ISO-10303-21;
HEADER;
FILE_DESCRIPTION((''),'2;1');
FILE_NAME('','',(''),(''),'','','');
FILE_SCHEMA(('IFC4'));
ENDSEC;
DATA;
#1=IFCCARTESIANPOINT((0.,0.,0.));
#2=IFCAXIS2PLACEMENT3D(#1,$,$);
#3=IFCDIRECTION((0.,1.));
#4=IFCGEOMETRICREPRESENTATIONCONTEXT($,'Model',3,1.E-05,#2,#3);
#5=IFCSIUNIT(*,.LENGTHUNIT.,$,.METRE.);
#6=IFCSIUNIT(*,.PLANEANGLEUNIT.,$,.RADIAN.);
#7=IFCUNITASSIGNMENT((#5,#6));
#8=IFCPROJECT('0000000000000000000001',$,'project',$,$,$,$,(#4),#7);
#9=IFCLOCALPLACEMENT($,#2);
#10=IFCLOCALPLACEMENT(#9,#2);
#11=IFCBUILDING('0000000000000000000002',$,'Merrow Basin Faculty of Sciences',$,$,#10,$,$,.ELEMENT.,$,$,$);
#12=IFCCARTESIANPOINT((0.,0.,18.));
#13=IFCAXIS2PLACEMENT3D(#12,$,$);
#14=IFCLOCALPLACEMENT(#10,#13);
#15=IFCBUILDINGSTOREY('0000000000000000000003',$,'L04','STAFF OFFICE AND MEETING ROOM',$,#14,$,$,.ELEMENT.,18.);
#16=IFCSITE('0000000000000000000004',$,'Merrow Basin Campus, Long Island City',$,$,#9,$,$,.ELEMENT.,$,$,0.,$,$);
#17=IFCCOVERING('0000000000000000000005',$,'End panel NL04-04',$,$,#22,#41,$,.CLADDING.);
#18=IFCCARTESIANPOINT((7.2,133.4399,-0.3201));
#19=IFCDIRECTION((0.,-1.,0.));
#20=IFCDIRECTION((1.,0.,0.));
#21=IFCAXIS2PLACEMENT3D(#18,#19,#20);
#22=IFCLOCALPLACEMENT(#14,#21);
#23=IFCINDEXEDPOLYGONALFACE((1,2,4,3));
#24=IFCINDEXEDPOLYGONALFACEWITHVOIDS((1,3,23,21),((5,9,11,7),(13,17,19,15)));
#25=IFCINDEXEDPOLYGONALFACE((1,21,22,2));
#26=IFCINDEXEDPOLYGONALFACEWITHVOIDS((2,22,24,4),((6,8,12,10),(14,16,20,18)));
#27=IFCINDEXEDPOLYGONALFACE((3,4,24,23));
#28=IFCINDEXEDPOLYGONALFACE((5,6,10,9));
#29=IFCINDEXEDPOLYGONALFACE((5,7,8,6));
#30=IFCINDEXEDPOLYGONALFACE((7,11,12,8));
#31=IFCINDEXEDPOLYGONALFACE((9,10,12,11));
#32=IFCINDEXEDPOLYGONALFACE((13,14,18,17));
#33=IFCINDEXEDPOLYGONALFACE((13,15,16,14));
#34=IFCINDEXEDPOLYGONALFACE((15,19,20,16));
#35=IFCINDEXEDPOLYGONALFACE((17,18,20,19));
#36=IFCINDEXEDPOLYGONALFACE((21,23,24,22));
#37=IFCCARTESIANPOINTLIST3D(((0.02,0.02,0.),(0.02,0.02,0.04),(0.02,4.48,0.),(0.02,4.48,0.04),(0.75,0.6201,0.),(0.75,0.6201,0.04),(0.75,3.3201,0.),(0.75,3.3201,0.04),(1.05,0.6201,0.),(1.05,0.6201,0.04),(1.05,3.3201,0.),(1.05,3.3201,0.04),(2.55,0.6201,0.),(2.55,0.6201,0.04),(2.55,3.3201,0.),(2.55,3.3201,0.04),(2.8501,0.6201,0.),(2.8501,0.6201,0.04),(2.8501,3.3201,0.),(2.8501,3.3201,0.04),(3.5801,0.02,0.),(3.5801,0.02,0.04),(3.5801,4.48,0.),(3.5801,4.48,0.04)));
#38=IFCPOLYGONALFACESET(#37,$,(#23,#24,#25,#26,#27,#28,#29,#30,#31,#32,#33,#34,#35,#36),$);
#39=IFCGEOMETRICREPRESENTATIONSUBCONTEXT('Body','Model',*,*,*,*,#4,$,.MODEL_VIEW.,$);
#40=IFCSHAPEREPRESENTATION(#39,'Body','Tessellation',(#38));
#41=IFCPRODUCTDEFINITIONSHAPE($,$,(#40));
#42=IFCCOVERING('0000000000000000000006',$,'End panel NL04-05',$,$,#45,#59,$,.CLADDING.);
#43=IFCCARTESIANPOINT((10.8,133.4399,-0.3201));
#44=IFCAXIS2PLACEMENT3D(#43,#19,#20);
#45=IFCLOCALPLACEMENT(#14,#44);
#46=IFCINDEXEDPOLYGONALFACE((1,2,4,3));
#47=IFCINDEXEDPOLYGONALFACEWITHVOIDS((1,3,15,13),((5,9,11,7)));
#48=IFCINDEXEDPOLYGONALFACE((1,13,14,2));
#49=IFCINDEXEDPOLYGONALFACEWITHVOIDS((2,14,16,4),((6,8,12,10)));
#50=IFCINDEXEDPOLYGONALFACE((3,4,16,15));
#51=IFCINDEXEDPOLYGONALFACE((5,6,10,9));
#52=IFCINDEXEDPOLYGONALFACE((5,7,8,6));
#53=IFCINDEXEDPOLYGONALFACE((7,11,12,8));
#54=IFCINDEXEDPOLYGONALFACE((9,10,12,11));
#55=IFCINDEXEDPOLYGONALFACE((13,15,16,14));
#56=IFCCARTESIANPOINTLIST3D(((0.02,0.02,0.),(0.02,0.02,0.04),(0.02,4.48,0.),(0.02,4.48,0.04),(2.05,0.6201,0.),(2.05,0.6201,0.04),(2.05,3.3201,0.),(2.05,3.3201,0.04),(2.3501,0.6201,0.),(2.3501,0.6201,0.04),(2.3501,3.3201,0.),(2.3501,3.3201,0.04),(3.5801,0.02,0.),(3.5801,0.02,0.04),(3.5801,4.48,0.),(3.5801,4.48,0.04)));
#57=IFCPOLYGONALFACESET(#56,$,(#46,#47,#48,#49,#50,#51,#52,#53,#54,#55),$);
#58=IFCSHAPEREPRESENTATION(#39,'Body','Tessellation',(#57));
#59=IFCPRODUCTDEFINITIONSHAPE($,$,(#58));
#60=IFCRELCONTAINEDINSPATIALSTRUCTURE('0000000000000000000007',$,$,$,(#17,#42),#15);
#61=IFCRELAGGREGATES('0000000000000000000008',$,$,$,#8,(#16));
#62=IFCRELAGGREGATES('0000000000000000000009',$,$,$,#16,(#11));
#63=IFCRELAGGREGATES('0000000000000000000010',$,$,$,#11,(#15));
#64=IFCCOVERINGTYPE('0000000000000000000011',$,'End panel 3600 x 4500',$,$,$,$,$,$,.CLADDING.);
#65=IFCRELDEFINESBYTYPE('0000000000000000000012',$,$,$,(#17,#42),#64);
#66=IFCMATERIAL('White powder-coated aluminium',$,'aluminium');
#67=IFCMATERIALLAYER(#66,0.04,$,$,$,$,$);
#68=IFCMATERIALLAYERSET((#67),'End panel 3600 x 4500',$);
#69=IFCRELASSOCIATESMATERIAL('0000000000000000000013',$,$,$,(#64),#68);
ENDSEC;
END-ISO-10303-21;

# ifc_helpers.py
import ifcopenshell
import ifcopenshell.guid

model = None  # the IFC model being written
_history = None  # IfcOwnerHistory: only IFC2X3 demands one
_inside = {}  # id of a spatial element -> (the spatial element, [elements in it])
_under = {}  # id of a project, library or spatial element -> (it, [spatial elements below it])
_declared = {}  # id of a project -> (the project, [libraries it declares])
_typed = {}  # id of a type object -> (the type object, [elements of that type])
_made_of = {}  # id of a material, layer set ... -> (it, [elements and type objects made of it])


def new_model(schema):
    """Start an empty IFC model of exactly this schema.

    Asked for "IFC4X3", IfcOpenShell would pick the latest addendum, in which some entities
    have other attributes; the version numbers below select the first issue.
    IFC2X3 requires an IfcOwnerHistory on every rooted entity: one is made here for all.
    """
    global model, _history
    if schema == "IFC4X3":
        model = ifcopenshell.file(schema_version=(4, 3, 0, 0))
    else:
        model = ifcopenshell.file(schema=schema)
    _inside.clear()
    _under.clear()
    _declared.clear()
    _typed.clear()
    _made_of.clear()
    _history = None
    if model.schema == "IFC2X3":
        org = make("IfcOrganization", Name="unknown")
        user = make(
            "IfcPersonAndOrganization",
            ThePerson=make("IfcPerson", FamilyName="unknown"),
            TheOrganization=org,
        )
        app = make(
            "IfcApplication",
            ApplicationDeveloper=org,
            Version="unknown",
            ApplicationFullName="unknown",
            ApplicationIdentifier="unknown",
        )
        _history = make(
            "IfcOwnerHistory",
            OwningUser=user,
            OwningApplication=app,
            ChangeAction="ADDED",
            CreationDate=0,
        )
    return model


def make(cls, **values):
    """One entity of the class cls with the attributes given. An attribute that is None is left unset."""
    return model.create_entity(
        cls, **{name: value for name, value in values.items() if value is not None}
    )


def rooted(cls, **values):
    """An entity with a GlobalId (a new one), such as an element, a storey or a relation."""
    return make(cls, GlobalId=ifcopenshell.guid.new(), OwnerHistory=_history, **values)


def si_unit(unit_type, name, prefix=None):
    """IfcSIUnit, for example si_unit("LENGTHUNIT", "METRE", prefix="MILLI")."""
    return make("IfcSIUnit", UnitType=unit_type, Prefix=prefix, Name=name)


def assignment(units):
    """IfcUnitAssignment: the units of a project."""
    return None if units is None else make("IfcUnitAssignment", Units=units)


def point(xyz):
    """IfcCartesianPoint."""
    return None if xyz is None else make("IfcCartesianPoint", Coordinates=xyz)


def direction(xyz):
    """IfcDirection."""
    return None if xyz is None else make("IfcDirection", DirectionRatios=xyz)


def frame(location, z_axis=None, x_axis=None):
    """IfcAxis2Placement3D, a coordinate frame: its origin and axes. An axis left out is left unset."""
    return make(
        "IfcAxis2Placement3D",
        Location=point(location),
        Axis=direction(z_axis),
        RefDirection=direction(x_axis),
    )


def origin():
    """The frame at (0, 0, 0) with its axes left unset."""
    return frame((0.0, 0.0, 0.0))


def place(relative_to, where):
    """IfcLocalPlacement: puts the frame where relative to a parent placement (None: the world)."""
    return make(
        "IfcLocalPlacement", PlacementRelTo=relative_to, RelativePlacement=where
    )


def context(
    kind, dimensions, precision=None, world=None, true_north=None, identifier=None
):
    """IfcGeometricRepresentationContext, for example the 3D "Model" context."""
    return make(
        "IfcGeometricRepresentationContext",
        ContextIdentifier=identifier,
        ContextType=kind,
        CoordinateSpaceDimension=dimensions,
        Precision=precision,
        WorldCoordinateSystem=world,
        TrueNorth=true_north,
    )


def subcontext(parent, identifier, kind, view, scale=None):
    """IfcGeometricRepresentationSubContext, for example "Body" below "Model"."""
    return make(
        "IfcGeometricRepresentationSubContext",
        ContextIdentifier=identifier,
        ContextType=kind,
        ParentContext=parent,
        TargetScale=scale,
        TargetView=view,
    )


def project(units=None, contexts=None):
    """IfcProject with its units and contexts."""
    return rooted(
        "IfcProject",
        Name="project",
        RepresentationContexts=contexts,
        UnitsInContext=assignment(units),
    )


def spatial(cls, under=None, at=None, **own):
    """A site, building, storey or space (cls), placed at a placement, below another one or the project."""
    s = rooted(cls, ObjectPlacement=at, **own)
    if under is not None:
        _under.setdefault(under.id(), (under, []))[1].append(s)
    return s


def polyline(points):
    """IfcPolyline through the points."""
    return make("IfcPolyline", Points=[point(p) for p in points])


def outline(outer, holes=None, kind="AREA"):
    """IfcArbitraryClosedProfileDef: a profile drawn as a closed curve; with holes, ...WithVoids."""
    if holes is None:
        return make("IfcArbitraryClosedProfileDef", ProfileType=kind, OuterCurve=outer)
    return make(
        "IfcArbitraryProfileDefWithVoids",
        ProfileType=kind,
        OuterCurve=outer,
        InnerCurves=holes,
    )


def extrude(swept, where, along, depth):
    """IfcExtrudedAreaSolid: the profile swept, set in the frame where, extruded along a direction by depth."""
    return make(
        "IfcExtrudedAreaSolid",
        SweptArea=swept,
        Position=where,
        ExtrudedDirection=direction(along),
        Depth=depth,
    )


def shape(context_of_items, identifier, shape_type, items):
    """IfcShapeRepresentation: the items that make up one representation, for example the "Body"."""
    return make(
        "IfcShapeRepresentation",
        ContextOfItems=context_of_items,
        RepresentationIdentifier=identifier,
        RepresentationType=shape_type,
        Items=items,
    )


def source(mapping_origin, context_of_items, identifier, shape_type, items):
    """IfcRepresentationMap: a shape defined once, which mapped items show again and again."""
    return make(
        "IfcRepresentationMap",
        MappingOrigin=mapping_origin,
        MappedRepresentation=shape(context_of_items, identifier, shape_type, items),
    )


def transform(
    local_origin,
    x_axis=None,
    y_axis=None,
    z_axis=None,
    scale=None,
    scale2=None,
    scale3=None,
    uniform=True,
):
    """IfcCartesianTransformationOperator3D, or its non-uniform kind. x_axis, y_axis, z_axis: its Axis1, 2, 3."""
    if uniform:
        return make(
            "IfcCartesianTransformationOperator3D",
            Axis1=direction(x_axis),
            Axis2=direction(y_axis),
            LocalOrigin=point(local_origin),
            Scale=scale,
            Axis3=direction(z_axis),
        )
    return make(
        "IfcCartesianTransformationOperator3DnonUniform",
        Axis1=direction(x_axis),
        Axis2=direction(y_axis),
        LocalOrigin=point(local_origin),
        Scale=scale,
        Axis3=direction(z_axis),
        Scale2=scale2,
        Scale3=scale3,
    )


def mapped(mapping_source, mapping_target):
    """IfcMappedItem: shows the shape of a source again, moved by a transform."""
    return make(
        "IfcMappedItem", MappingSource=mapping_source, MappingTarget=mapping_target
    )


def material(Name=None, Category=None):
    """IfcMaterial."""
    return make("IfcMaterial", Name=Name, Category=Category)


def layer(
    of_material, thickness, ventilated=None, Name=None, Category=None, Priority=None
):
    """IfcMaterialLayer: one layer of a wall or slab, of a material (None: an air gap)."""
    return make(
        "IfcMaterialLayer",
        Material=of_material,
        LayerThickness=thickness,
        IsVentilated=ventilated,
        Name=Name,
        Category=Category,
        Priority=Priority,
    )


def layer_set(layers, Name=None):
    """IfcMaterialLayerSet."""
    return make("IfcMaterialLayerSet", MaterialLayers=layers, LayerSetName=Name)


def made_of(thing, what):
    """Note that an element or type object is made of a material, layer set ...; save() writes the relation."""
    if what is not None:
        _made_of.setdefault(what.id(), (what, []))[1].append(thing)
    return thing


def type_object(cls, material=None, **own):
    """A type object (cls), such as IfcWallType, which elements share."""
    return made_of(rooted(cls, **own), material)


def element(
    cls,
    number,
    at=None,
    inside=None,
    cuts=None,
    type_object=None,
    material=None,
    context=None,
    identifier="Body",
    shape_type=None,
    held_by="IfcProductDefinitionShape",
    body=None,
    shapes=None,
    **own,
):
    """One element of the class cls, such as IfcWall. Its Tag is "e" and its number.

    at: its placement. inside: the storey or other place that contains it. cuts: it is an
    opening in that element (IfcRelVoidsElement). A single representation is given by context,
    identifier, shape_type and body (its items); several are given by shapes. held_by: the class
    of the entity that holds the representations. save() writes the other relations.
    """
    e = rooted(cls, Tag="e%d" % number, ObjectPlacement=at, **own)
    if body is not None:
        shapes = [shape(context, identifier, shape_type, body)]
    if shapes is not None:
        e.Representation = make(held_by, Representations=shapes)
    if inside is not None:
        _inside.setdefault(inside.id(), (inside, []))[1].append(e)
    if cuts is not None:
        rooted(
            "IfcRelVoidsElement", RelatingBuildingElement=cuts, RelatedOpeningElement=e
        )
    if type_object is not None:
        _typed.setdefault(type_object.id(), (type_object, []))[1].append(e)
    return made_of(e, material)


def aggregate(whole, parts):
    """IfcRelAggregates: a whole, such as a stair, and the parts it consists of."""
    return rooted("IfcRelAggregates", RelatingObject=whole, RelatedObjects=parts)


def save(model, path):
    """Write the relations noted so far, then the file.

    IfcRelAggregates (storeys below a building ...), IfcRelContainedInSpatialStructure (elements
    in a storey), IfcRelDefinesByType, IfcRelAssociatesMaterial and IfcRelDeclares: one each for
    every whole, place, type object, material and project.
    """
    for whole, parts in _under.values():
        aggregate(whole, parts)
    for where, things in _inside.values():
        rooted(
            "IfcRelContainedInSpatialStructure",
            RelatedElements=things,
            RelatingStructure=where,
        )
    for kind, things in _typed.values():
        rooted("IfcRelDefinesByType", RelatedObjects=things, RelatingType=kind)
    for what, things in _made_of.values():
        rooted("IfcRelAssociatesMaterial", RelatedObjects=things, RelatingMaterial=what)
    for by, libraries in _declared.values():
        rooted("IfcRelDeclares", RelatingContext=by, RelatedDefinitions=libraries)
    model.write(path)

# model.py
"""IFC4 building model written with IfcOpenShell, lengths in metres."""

from ifc_helpers import new_model, si_unit, direction, frame, origin, place, context, subcontext, project, spatial, polyline, outline, extrude, source, transform, mapped, material, layer, layer_set, type_object, element, save


model = new_model("IFC4")

# Units and contexts
model_context = context("Model", 3, precision=1e-05, world=origin(), true_north=direction((0.0, 1.0)))
body_context = subcontext(model_context, "Body", "Model", "MODEL_VIEW")
ifc_project = project(units=[si_unit("LENGTHUNIT", "METRE"), si_unit("PLANEANGLEUNIT", "RADIAN")], contexts=[model_context])

# Site, building, storey
site_placement = place(None, origin())
site = spatial("IfcSite", under=ifc_project, at=site_placement, Name="Merrow Basin Campus, Long Island City", CompositionType="ELEMENT", RefElevation=0.0)
building_placement = place(site_placement, origin())
building = spatial("IfcBuilding", under=site, at=building_placement, Name="Merrow Basin Faculty of Sciences", CompositionType="ELEMENT")
storey_placement = place(building_placement, frame((0.0, 0.0, 18.0)))
storey = spatial("IfcBuildingStorey", under=building, at=storey_placement, Name="L04", Description="STAFF OFFICE AND MEETING ROOM", CompositionType="ELEMENT", Elevation=18.0)

# Coverings
ifc_material_1 = material(Name="White powder-coated aluminium", Category="aluminium")
ifc_layer_1 = layer(ifc_material_1, 0.04)
ifc_layer_set_1 = layer_set([ifc_layer_1], Name="End panel 3600 x 4500")
covering_type = type_object("IfcCoveringType", Name="End panel 3600 x 4500", PredefinedType="CLADDING", material=ifc_layer_set_1)
shared_shape_1 = source(origin(), body_context, "Body", "SweptSolid", [
    extrude(outline(polyline([(0.02, 0.02), (3.5801, 0.02), (3.5801, 4.48), (0.02, 4.48), (0.02, 0.02)]), holes=[polyline([(0.75, 0.6201), (1.05, 0.6201), (1.05, 3.3201), (0.75, 3.3201), (0.75, 0.6201)]), polyline([(2.55, 0.6201), (2.8501, 0.6201), (2.8501, 3.3201), (2.55, 3.3201), (2.55, 0.6201)])]), origin(), (0.0, 0.0, 1.0), 0.04),
])
covering_1_placement = place(storey_placement, frame((7.2, 133.4399, -0.3201), z_axis=(0.0, -1.0, 0.0), x_axis=(1.0, 0.0, 0.0)))
element("IfcCovering", 1, at=covering_1_placement, inside=storey, type_object=covering_type, Name="End panel NL04-04", PredefinedType="CLADDING", context=body_context, shape_type="MappedRepresentation", body=[
    mapped(shared_shape_1, transform((0.0, 0.0, 0.0), scale=1.0)),
])
shared_shape_2 = source(origin(), body_context, "Body", "SweptSolid", [
    extrude(outline(polyline([(0.02, 0.02), (3.5801, 0.02), (3.5801, 4.48), (0.02, 4.48), (0.02, 0.02)]), holes=[polyline([(2.05, 0.6201), (2.3501, 0.6201), (2.3501, 3.3201), (2.05, 3.3201), (2.05, 0.6201)])]), origin(), (0.0, 0.0, 1.0), 0.04),
])
covering_2_placement = place(storey_placement, frame((10.8, 133.4399, -0.3201), z_axis=(0.0, -1.0, 0.0), x_axis=(1.0, 0.0, 0.0)))
element("IfcCovering", 2, at=covering_2_placement, inside=storey, type_object=covering_type, Name="End panel NL04-05", PredefinedType="CLADDING", context=body_context, shape_type="MappedRepresentation", body=[
    mapped(shared_shape_2, transform((0.0, 0.0, 0.0), scale=1.0)),
])

save(model, "model.ifc")
